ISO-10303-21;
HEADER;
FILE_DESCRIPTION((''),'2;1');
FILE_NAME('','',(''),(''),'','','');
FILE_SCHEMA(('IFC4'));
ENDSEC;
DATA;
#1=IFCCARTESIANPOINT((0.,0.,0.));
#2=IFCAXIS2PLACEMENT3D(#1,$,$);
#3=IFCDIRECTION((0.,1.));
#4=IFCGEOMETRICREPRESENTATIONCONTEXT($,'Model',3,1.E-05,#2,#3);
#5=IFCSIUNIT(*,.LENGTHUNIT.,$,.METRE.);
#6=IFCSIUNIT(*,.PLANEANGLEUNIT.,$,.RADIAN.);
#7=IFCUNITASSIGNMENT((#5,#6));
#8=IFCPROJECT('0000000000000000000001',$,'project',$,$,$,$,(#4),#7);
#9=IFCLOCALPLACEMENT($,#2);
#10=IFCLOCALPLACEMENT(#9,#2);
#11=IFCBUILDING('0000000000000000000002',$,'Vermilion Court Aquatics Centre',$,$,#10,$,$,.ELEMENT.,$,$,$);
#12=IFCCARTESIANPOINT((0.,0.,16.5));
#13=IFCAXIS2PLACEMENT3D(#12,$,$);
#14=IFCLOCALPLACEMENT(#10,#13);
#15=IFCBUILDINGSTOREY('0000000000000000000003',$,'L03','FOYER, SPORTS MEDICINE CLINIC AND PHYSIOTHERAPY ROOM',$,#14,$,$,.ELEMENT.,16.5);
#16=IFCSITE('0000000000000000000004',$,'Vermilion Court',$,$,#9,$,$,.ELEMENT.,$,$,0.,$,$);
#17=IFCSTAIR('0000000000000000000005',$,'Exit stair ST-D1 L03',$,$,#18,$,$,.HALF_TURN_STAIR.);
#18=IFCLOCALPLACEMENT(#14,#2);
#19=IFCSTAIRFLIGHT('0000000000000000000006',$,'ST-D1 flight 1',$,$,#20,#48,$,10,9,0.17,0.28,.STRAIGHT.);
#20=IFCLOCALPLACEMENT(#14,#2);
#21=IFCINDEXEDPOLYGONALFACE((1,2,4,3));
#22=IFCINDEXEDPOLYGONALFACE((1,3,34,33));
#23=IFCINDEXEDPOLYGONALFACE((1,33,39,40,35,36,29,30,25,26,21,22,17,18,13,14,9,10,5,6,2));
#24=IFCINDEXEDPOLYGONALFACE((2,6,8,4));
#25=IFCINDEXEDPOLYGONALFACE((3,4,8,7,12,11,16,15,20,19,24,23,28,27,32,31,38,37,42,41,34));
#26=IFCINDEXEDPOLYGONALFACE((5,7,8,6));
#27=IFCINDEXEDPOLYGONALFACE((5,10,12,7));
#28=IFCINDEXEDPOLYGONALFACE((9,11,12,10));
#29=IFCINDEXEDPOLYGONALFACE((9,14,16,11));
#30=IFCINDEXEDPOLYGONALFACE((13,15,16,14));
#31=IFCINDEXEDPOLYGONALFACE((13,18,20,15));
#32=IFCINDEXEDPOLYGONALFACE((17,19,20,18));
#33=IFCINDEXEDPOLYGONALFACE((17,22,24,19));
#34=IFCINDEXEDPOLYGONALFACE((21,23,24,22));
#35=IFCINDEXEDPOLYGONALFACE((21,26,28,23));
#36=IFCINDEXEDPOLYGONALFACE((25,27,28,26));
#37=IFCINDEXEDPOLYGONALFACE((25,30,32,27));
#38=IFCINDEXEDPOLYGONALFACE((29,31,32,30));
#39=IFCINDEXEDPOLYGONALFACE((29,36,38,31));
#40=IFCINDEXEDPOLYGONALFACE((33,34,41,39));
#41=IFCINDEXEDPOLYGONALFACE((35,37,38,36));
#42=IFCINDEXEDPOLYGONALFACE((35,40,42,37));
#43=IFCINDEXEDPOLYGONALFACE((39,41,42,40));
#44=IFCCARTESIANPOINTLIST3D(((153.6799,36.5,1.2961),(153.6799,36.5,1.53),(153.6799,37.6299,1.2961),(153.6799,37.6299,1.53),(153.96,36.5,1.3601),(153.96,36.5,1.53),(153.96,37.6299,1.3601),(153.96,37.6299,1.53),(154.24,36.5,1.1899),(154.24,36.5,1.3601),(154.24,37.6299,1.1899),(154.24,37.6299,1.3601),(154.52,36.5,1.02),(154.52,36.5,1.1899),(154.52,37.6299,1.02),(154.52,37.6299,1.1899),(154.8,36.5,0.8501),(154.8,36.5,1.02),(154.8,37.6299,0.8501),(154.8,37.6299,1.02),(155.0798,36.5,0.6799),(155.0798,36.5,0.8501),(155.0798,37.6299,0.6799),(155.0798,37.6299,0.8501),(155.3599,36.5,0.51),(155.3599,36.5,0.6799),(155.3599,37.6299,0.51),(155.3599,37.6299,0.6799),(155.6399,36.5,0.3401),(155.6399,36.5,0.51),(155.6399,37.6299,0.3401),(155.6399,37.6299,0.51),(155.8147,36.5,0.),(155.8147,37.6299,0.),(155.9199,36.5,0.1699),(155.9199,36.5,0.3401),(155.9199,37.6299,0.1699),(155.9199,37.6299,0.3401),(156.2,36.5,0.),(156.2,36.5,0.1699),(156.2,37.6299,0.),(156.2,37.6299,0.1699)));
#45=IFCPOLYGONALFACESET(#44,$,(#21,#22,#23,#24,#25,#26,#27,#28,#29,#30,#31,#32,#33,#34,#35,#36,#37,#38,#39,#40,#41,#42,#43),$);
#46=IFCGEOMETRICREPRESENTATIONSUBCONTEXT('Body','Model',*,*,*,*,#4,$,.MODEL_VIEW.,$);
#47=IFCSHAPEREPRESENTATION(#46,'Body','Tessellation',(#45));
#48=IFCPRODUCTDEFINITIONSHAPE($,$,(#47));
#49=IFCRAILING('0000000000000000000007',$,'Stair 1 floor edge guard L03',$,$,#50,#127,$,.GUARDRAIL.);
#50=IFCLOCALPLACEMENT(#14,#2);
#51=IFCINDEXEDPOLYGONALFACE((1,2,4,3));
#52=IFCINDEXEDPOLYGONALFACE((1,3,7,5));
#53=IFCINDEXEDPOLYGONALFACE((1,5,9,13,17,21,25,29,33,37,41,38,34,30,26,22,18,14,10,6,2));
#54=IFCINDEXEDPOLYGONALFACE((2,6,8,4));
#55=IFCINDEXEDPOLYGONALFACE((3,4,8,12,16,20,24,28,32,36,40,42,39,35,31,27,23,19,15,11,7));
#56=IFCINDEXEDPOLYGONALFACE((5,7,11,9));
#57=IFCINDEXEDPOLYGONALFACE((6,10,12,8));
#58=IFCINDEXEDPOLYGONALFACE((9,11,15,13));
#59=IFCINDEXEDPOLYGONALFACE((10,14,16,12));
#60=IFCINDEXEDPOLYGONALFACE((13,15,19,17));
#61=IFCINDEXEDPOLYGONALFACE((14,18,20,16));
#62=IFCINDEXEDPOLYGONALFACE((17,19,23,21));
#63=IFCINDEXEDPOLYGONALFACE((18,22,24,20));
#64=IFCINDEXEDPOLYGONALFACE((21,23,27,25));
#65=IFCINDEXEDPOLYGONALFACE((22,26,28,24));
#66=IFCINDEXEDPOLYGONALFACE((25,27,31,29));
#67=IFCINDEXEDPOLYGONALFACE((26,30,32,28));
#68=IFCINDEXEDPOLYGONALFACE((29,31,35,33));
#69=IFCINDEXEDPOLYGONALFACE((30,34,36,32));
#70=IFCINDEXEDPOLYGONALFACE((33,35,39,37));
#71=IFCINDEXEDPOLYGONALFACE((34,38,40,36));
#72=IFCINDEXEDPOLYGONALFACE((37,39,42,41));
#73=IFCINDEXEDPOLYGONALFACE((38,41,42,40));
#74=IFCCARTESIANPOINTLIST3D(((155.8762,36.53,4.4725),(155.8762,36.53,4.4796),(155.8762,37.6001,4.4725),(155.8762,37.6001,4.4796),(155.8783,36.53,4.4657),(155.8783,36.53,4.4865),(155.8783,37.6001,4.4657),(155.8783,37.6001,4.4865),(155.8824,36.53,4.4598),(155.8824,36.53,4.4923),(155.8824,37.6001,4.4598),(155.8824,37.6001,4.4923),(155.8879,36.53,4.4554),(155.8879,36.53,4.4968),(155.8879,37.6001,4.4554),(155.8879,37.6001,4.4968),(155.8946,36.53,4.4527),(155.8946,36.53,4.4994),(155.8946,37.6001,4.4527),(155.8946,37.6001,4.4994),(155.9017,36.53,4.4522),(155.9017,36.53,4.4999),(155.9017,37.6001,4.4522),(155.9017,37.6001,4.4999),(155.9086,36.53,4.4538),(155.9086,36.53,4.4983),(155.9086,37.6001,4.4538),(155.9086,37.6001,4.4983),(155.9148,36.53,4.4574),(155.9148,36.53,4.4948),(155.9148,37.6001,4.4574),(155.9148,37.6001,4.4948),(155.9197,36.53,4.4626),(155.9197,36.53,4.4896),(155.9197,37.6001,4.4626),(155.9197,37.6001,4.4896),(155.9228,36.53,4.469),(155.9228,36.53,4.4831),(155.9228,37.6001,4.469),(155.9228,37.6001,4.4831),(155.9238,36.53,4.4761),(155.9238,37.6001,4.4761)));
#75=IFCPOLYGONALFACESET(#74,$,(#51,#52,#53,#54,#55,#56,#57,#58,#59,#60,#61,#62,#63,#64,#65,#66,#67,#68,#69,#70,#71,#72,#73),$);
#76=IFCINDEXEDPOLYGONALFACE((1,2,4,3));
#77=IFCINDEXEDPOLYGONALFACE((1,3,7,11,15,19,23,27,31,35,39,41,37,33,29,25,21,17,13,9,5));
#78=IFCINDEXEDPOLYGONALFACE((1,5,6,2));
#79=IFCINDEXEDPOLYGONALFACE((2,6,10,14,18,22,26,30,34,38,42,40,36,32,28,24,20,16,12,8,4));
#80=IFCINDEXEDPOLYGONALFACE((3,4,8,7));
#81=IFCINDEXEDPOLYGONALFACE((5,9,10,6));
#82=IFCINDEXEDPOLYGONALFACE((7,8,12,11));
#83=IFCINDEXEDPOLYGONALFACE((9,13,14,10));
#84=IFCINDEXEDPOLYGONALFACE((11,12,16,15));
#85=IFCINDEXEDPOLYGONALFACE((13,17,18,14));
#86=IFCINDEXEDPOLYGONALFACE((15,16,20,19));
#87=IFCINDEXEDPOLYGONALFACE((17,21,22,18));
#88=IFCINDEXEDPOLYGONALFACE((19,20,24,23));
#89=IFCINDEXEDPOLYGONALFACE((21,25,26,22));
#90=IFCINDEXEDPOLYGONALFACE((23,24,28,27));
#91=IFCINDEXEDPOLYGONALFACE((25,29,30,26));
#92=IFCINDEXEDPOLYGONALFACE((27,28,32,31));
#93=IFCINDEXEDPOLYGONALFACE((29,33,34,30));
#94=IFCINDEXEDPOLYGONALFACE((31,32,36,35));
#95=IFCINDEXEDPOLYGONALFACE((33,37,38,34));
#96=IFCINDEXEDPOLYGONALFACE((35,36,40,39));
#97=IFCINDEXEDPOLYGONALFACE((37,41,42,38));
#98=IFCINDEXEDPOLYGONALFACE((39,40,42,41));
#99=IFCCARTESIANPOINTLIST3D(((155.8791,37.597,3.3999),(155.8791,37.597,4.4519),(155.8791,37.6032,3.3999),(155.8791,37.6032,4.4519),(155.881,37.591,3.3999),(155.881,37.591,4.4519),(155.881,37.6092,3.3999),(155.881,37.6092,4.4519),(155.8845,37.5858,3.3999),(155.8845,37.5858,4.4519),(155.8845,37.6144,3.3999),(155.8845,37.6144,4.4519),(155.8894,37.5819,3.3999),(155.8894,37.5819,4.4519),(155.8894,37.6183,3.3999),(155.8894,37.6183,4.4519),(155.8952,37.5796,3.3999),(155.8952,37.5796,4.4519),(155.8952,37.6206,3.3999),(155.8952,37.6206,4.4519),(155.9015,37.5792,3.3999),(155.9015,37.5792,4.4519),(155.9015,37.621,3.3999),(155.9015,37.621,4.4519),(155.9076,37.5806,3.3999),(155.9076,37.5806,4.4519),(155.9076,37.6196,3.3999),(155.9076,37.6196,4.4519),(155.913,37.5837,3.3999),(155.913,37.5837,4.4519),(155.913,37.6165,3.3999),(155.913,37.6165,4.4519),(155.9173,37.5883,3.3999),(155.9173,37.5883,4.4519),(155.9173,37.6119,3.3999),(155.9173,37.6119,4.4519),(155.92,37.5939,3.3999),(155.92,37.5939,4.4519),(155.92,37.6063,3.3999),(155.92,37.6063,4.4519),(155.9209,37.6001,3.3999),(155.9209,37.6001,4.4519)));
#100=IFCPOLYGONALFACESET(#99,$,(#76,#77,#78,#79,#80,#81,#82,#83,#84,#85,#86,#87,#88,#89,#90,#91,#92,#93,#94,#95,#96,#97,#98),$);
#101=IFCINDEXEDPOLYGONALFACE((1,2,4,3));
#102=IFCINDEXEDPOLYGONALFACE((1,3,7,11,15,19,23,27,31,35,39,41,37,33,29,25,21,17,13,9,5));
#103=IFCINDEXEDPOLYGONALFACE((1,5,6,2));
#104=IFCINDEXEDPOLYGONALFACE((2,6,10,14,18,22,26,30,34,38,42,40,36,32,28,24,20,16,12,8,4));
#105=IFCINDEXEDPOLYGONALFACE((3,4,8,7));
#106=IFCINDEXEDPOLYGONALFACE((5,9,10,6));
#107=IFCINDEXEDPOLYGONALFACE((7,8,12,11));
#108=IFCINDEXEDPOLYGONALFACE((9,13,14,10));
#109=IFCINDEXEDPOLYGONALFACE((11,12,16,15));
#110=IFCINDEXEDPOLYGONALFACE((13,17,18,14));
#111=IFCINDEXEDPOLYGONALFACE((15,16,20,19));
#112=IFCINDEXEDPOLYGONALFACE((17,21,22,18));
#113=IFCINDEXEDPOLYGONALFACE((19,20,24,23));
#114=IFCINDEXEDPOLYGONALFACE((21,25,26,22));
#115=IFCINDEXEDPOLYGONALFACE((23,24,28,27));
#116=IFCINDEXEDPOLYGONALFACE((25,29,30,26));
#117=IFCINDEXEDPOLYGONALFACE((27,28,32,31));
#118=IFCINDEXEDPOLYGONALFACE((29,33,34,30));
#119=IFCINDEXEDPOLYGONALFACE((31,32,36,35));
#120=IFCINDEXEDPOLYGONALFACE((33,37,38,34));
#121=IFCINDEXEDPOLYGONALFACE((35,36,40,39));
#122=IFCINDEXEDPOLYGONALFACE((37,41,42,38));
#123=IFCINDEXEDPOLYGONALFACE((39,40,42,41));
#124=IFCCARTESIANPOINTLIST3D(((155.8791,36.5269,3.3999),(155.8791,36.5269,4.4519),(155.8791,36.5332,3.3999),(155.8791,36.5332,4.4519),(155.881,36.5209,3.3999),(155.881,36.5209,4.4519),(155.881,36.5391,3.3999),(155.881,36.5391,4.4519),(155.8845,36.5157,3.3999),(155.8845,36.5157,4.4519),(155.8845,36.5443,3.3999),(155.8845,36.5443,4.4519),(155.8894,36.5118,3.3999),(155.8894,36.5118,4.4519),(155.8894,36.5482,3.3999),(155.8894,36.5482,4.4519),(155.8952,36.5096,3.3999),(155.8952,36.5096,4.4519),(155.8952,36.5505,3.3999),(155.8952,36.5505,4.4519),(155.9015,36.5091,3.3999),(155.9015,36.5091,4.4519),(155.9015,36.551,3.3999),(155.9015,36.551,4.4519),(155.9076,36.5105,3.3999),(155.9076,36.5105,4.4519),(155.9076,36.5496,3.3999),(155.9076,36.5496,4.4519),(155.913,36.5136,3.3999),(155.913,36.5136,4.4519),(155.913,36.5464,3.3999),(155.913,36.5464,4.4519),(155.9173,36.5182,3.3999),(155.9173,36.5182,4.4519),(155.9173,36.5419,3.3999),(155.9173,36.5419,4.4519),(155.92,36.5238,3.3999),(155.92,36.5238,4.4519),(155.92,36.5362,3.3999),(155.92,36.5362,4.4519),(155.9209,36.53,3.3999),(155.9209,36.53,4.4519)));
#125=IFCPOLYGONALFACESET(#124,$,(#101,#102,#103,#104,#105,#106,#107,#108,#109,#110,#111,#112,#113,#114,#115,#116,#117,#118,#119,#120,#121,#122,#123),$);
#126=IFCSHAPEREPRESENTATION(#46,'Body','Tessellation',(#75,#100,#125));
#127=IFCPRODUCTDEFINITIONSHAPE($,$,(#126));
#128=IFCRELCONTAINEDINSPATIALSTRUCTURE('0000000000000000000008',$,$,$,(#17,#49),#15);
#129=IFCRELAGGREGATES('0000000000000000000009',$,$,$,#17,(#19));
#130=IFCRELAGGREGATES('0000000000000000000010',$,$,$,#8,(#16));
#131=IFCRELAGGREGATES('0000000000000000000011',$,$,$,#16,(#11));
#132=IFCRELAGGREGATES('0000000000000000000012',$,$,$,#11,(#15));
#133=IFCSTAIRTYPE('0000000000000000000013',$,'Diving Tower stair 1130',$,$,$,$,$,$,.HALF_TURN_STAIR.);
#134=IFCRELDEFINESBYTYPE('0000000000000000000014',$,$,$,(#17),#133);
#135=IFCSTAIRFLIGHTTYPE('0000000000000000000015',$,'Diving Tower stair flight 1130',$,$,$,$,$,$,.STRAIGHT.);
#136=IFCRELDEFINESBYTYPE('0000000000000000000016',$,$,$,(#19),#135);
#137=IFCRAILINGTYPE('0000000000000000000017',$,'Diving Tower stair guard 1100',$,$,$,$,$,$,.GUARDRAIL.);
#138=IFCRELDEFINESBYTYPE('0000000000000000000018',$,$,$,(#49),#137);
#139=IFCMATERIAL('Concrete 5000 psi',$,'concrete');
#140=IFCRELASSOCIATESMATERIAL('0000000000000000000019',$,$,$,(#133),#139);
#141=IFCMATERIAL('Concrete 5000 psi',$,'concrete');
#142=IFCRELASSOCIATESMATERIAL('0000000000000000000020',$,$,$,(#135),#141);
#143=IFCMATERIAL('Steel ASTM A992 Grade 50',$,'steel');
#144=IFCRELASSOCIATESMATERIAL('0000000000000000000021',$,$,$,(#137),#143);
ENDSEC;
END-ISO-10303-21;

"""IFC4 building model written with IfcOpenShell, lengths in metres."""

from ifc_helpers import new_model, si_unit, direction, frame, origin, origin_2d, place, context, subcontext, project, spatial, polyline, circle, outline, extrude, material, type_object, element, aggregate, save


model = new_model("IFC4")

# Units and contexts
model_context = context("Model", 3, precision=1e-05, world=origin(), true_north=direction((0.0, 1.0)))
body_context = subcontext(model_context, "Body", "Model", "MODEL_VIEW")
ifc_project = project(units=[si_unit("LENGTHUNIT", "METRE"), si_unit("PLANEANGLEUNIT", "RADIAN")], contexts=[model_context])

# Site, building, storey
site_placement = place(None, origin())
site = spatial("IfcSite", under=ifc_project, at=site_placement, Name="Vermilion Court", CompositionType="ELEMENT", RefElevation=0.0)
building_placement = place(site_placement, origin())
building = spatial("IfcBuilding", under=site, at=building_placement, Name="Vermilion Court Aquatics Centre", CompositionType="ELEMENT")
storey_placement = place(building_placement, frame((0.0, 0.0, 16.5)))
storey = spatial("IfcBuildingStorey", under=building, at=storey_placement, Name="L03", Description="FOYER, SPORTS MEDICINE CLINIC AND PHYSIOTHERAPY ROOM", CompositionType="ELEMENT", Elevation=16.5)

# Stair, stair flight
ifc_material_1 = material(Name="Concrete 5000 psi", Category="concrete")
stair_type = type_object("IfcStairType", Name="Diving Tower stair 1130", PredefinedType="HALF_TURN_STAIR", material=ifc_material_1)
stair_placement = place(storey_placement, origin())
stair = element("IfcStair", 1, at=stair_placement, inside=storey, type_object=stair_type, Name="Exit stair ST-D1 L03", PredefinedType="HALF_TURN_STAIR")
ifc_material_2 = material(Name="Concrete 5000 psi", Category="concrete")
stair_flight_type = type_object("IfcStairFlightType", Name="Diving Tower stair flight 1130", PredefinedType="STRAIGHT", material=ifc_material_2)
stair_flight_placement = place(storey_placement, frame((156.2, 37.0649, 0.0), z_axis=(0.0, 0.0, 1.0), x_axis=(-1.0, 0.0, 0.0)))
stair_flight = element("IfcStairFlight", 2, at=stair_flight_placement, type_object=stair_flight_type, Name="ST-D1 flight 1", NumberOfRisers=10, NumberOfTreads=9, PredefinedType="STRAIGHT", RiserHeight=0.17, TreadLength=0.28, context=body_context, shape_type="SweptSolid", body=[
    extrude(outline(polyline([(0.0, 0.0), (0.0, 0.1699), (0.28, 0.1699), (0.28, 0.3401), (0.5601, 0.3401), (0.5601, 0.51), (0.8401, 0.51), (0.8401, 0.6799), (1.1201, 0.6799), (1.1201, 0.8501), (1.3999, 0.8501), (1.3999, 1.02), (1.6799, 1.02), (1.6799, 1.1899), (1.96, 1.1899), (1.96, 1.3601), (2.24, 1.3601), (2.24, 1.53), (2.52, 1.53), (2.52, 1.7), (2.52, 1.2961), (0.3853, 0.0), (0.0, 0.0)])), frame((0.0, 0.5649, 0.0), z_axis=(0.0, -1.0, 0.0), x_axis=(1.0, 0.0, 0.0)), (0.0, 0.0, 1.0), 1.1299),
])
aggregate(stair, [stair_flight])

# Railing
ifc_material_3 = material(Name="Steel ASTM A992 Grade 50", Category="steel")
railing_type_1 = type_object("IfcRailingType", Name="Diving Tower stair guard 1100", PredefinedType="GUARDRAIL", material=ifc_material_3)
railing_placement = place(storey_placement, frame((155.8999, 37.6001, 3.3999)))
element("IfcRailing", 3, at=railing_placement, inside=storey, type_object=railing_type_1, Name="Stair 1 floor edge guard L03", PredefinedType="GUARDRAIL", context=body_context, shape_type="SweptSolid", body=[
    extrude(circle(Radius=0.0239, at=origin_2d()), frame((0.0, 0.0, 1.0762), z_axis=(0.0, -1.0, 0.0), x_axis=(1.0, 0.0, 0.0)), (0.0, 0.0, 1.0), 1.0701),
    extrude(circle(Radius=0.021, at=origin_2d()), origin(), (0.0, 0.0, 1.0), 1.052),
    extrude(circle(Radius=0.021, at=origin_2d()), frame((0.0, -1.0701, 0.0)), (0.0, 0.0, 1.0), 1.052),
])

save(model, "model.ifc")
